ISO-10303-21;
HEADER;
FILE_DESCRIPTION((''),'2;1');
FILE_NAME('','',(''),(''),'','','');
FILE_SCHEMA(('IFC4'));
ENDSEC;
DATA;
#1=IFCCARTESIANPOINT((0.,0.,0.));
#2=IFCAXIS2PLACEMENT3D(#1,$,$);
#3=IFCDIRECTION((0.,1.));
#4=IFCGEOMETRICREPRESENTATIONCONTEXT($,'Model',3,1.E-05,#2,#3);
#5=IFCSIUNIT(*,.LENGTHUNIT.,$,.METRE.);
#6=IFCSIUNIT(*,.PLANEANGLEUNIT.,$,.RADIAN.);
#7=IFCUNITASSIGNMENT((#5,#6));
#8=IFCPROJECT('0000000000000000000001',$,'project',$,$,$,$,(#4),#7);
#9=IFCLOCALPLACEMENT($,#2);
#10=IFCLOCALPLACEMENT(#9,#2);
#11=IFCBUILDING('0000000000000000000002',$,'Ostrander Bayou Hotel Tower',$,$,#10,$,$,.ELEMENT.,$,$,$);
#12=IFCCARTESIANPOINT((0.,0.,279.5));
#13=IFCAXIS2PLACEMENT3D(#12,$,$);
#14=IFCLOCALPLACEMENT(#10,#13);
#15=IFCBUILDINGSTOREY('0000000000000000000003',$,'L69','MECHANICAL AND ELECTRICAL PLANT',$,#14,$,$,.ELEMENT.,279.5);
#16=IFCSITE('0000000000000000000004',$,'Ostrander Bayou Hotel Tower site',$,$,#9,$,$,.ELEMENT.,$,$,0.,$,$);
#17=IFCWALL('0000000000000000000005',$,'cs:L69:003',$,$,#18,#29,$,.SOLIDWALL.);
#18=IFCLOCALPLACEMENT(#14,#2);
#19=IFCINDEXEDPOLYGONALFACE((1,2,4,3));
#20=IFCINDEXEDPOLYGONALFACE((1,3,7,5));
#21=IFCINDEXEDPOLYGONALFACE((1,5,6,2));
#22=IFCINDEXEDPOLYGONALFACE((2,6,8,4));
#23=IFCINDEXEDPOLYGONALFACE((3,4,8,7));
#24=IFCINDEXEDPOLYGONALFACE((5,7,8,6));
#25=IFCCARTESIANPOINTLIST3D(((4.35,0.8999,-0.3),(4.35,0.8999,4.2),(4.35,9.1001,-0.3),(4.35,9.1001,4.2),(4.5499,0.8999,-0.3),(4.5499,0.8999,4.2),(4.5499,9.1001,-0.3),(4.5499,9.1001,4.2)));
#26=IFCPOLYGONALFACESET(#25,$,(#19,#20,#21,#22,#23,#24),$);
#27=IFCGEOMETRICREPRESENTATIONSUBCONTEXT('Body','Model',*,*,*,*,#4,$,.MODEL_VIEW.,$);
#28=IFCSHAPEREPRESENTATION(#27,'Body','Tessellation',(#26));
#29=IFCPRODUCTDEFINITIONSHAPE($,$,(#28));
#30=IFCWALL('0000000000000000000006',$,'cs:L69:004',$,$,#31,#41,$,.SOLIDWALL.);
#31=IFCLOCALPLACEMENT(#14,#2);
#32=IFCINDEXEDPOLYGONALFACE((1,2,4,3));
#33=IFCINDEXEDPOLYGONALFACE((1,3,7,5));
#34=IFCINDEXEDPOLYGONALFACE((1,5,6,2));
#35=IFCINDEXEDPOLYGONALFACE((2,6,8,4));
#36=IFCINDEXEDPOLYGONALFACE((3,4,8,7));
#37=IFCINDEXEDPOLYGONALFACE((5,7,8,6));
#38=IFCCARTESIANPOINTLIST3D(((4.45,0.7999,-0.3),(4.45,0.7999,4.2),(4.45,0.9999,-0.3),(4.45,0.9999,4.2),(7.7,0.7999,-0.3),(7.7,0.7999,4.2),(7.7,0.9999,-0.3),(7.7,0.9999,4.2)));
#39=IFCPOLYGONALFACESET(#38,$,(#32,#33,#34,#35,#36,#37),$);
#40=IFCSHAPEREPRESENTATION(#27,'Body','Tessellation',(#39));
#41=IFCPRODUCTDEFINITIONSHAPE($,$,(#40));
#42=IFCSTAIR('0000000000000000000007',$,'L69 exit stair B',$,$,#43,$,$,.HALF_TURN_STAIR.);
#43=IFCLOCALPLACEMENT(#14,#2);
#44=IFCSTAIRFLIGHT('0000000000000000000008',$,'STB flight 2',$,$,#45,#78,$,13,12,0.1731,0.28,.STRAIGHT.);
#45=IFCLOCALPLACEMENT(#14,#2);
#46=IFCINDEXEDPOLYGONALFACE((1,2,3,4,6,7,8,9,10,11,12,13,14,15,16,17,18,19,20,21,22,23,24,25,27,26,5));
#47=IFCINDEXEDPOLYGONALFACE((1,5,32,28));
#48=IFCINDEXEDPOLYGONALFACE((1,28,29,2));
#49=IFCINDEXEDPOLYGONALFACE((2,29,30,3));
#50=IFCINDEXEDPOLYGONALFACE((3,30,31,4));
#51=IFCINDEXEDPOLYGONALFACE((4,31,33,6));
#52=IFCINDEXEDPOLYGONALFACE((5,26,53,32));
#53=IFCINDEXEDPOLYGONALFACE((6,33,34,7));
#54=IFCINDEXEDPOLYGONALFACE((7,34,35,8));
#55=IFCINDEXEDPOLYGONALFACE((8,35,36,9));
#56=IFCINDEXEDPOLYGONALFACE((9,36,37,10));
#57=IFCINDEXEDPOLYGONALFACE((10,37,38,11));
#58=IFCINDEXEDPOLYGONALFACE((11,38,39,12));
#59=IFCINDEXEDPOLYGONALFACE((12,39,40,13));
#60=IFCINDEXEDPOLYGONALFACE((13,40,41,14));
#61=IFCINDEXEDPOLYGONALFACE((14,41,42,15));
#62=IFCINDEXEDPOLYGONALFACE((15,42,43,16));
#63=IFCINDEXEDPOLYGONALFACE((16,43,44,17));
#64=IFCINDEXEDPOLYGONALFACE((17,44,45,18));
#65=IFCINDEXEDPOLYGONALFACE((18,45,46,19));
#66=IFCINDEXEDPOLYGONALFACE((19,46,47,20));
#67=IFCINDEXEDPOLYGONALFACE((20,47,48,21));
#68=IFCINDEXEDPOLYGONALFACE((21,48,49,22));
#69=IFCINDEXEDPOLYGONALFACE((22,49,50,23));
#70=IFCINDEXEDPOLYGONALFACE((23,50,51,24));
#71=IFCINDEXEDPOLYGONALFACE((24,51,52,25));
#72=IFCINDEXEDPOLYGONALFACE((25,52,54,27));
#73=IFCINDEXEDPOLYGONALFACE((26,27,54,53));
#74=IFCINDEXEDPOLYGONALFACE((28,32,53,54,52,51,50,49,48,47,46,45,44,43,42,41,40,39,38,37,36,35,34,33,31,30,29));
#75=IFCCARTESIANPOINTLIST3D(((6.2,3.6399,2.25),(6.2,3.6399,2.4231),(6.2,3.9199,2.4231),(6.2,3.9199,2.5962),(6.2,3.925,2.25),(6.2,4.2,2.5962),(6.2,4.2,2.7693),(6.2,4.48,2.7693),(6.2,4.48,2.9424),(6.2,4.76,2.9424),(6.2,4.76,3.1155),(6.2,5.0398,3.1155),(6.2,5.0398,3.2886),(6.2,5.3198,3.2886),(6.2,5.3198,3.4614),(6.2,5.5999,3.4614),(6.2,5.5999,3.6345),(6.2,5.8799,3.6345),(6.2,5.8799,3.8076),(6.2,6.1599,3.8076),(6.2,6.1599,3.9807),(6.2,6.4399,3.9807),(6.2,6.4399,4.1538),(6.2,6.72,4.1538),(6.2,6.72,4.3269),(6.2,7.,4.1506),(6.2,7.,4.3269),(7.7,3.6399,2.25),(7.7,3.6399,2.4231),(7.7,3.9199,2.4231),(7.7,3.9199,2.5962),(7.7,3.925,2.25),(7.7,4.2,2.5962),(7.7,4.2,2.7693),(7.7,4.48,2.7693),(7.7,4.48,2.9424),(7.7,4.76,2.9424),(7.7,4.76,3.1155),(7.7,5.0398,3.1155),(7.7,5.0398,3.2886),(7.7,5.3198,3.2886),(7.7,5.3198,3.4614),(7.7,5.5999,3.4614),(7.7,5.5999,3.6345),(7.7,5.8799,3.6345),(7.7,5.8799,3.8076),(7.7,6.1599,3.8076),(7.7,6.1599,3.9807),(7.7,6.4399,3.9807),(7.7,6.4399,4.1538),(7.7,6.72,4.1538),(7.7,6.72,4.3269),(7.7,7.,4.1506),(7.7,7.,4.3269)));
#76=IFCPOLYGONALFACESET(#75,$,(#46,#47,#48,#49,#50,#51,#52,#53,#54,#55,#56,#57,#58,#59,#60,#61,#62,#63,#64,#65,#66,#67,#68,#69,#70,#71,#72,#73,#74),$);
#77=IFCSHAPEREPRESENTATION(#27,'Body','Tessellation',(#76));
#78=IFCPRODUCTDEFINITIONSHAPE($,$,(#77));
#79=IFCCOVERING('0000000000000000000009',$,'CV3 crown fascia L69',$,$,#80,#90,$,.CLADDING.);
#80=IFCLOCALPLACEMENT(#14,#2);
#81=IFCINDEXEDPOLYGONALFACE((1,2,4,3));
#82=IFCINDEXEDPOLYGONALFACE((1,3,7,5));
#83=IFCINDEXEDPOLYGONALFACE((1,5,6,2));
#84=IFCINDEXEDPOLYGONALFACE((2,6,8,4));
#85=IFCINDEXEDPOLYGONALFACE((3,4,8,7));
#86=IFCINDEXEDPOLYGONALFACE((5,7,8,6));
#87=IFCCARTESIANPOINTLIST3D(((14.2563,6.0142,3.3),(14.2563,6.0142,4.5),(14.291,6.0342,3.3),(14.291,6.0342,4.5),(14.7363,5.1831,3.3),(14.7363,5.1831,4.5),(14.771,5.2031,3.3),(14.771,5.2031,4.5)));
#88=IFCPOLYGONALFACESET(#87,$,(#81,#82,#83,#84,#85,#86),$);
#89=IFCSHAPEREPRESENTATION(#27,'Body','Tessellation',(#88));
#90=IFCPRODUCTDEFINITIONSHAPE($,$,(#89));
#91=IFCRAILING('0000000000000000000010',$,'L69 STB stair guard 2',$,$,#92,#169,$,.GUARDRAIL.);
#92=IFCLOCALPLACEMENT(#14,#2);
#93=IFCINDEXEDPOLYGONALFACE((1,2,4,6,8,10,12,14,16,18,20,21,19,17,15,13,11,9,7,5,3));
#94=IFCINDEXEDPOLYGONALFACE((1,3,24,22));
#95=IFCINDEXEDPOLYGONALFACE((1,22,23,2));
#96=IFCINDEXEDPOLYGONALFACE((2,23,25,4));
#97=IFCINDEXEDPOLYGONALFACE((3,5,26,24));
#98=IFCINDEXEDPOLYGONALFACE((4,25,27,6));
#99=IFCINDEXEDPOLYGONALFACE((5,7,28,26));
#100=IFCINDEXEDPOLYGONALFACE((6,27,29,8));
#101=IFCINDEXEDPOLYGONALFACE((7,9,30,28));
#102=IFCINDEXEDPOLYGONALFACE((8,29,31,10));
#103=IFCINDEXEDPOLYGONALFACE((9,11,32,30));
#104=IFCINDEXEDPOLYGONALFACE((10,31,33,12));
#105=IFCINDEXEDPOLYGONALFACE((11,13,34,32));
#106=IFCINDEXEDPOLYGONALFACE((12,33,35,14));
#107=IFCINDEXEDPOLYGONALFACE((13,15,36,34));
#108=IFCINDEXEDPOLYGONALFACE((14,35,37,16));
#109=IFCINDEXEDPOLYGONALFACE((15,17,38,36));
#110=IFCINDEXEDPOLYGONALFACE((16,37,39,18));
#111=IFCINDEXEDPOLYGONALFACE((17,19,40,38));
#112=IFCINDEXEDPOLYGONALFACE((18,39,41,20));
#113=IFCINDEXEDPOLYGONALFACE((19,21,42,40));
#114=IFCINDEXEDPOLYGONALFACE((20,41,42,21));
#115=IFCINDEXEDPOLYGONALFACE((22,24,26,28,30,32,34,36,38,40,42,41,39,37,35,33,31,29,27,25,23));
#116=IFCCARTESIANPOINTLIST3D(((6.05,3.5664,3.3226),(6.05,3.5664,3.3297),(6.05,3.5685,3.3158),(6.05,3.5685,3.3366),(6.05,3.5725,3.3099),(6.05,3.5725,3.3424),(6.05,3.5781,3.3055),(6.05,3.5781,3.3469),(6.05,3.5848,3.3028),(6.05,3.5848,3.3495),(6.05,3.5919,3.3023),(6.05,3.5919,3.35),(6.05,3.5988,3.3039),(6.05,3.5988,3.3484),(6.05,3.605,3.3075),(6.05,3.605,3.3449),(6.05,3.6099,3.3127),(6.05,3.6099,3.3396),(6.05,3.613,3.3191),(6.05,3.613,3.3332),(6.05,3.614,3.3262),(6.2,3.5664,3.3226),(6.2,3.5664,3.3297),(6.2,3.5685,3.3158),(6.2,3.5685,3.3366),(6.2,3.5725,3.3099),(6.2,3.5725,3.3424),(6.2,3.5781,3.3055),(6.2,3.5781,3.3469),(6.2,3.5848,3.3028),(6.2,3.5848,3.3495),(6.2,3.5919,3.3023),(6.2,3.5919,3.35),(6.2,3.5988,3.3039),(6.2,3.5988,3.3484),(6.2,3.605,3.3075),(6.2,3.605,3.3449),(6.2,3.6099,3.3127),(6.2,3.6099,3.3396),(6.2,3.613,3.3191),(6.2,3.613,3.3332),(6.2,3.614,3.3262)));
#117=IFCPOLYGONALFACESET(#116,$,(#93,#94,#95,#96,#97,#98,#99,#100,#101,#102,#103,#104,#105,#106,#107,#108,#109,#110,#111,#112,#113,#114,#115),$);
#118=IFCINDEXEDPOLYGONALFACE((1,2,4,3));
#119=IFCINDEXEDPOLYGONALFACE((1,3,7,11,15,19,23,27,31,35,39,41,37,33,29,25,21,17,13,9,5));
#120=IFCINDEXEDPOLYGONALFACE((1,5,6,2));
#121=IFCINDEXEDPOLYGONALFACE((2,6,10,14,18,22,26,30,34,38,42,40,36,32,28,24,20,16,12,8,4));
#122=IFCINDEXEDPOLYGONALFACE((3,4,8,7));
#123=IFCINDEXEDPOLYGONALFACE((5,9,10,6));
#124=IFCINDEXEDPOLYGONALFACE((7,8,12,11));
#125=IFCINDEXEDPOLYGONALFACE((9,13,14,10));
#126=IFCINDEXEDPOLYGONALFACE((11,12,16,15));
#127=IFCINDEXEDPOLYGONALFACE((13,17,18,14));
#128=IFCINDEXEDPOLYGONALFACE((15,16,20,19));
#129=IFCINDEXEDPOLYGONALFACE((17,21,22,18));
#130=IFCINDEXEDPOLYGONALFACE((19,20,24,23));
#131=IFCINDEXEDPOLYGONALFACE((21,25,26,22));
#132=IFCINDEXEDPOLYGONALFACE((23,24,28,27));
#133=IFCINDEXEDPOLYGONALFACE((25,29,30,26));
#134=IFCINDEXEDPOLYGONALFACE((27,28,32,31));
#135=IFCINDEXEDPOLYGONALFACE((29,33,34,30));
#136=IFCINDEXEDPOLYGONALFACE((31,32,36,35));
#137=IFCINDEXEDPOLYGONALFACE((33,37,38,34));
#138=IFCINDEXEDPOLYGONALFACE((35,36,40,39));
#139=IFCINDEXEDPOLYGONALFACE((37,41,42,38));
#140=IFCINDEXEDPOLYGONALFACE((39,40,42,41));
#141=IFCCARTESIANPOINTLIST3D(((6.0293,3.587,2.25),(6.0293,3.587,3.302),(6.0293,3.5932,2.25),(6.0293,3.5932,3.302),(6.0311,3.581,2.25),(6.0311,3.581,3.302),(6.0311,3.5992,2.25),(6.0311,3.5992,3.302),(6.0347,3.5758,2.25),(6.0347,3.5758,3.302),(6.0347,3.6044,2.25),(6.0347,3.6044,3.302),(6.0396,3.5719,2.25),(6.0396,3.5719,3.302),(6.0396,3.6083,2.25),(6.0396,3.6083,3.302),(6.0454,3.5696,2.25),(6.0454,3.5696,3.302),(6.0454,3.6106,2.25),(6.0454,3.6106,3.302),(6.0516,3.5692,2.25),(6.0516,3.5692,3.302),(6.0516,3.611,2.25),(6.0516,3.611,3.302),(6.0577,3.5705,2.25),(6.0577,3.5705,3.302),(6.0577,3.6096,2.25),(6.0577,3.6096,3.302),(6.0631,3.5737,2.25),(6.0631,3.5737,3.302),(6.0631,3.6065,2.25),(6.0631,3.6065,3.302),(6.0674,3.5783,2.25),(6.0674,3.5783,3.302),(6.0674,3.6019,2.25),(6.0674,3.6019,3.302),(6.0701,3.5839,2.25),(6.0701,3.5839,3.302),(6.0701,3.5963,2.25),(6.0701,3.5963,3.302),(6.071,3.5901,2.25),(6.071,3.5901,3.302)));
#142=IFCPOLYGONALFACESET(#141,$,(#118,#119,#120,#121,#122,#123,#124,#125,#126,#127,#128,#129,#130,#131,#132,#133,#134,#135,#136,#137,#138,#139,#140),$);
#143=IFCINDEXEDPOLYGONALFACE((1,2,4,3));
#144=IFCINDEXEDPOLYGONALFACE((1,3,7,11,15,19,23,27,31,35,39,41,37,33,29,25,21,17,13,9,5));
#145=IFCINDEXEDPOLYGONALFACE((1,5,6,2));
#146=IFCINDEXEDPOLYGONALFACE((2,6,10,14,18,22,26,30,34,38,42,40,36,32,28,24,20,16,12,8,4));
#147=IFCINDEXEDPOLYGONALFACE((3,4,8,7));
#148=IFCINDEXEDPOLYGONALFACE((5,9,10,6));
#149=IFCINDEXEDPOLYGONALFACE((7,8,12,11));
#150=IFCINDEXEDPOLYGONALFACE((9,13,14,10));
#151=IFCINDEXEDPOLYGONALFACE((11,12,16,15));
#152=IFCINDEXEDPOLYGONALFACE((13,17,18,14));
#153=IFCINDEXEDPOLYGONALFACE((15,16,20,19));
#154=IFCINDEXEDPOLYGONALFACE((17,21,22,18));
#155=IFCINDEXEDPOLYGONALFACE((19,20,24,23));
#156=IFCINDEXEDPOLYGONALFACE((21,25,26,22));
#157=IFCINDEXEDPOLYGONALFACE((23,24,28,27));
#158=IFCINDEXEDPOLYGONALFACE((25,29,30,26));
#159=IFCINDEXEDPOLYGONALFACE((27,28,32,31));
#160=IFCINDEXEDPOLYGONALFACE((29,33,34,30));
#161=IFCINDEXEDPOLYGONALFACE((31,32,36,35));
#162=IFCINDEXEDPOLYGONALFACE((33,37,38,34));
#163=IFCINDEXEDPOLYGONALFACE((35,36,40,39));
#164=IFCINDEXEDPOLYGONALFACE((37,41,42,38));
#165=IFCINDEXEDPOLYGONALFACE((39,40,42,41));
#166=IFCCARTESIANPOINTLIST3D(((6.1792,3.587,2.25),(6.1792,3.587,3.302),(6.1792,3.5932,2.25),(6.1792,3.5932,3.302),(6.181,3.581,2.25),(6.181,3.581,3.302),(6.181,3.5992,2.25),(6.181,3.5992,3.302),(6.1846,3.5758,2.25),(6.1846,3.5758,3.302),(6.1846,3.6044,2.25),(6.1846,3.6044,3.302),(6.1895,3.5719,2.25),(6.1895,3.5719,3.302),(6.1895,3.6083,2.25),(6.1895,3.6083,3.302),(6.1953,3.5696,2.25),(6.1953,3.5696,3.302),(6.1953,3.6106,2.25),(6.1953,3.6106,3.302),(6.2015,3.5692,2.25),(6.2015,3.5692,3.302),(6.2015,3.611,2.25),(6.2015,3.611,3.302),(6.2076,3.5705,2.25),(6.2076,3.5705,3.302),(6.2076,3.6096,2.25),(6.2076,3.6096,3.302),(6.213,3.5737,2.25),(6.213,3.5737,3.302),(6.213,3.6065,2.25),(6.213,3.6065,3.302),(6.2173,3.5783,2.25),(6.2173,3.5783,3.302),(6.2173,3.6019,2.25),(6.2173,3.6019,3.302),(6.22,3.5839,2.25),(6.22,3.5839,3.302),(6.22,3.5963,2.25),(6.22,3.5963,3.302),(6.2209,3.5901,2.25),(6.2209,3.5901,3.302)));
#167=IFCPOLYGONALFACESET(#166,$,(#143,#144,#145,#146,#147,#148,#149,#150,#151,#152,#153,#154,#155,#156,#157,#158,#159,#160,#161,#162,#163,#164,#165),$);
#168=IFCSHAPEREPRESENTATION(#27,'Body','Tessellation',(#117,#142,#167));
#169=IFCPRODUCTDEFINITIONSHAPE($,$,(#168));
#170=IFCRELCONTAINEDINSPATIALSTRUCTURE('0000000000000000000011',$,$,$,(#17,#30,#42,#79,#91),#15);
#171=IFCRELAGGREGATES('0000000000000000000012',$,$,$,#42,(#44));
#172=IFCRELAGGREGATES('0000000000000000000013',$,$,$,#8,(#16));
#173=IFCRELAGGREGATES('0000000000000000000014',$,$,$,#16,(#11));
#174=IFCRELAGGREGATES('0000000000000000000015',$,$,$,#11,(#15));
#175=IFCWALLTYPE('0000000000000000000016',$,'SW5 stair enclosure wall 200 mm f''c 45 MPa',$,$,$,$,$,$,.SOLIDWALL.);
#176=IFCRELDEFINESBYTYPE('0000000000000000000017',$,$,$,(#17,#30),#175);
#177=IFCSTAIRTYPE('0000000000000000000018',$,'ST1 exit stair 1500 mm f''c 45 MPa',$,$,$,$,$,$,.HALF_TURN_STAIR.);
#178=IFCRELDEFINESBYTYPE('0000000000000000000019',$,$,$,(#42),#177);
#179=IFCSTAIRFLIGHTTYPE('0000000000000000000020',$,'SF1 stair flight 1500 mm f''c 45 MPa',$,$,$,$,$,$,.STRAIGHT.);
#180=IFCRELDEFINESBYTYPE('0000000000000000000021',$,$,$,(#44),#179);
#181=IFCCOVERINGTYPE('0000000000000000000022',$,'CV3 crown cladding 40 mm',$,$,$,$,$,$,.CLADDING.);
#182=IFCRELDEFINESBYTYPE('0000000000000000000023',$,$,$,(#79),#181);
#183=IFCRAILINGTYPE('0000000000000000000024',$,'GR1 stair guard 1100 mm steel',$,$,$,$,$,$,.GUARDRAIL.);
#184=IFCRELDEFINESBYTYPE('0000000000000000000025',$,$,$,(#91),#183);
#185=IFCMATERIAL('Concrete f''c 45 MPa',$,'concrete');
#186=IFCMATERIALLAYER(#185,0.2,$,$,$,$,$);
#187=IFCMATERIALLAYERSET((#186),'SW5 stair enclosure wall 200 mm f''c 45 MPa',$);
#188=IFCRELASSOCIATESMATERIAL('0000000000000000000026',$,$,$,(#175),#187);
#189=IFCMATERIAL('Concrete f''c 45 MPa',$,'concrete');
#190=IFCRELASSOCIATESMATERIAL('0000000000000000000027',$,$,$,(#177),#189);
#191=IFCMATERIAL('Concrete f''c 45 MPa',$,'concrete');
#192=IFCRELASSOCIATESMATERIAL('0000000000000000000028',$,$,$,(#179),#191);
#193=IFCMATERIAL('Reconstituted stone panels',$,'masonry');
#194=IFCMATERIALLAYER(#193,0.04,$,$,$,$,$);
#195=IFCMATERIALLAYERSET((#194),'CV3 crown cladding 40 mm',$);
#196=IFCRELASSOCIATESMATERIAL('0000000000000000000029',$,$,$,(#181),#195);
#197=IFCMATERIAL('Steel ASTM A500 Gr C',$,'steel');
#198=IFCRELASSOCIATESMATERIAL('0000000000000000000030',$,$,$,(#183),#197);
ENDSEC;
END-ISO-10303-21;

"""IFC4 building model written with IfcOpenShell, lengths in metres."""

from ifc_helpers import new_model, si_unit, direction, frame, frame_2d, origin, origin_2d, place, context, subcontext, project, spatial, polyline, rectangle, circle, outline, extrude, material, layer, layer_set, type_object, element, aggregate, save


model = new_model("IFC4")

# Units and contexts
model_context = context("Model", 3, precision=1e-05, world=origin(), true_north=direction((0.0, 1.0)))
body_context = subcontext(model_context, "Body", "Model", "MODEL_VIEW")
ifc_project = project(units=[si_unit("LENGTHUNIT", "METRE"), si_unit("PLANEANGLEUNIT", "RADIAN")], contexts=[model_context])

# Site, building, storey
site_placement = place(None, origin())
site = spatial("IfcSite", under=ifc_project, at=site_placement, Name="Ostrander Bayou Hotel Tower site", CompositionType="ELEMENT", RefElevation=0.0)
building_placement = place(site_placement, origin())
building = spatial("IfcBuilding", under=site, at=building_placement, Name="Ostrander Bayou Hotel Tower", CompositionType="ELEMENT")
storey_placement = place(building_placement, frame((0.0, 0.0, 279.5)))
storey = spatial("IfcBuildingStorey", under=building, at=storey_placement, Name="L69", Description="MECHANICAL AND ELECTRICAL PLANT", CompositionType="ELEMENT", Elevation=279.5)

# Walls
ifc_material_1 = material(Name="Concrete f'c 45 MPa", Category="concrete")
ifc_layer_1 = layer(ifc_material_1, 0.2)
ifc_layer_set_1 = layer_set([ifc_layer_1], Name="SW5 stair enclosure wall 200 mm f'c 45 MPa")
wall_type_1 = type_object("IfcWallType", Name="SW5 stair enclosure wall 200 mm f'c 45 MPa", PredefinedType="SOLIDWALL", material=ifc_layer_set_1)
wall_1_placement = place(storey_placement, frame((4.45, 0.8999, -0.3), z_axis=(0.0, 0.0, 1.0), x_axis=(0.0, 1.0, 0.0)))
element("IfcWall", 1, at=wall_1_placement, inside=storey, type_object=wall_type_1, Name="cs:L69:003", PredefinedType="SOLIDWALL", context=body_context, shape_type="SweptSolid", body=[
    extrude(rectangle(XDim=8.2002, YDim=0.2, at=frame_2d((4.1001, 0.0))), origin(), (0.0, 0.0, 1.0), 4.5),
])
wall_2_placement = place(storey_placement, frame((4.45, 0.8999, -0.3), z_axis=(0.0, 0.0, 1.0), x_axis=(1.0, 0.0, 0.0)))
element("IfcWall", 2, at=wall_2_placement, inside=storey, type_object=wall_type_1, Name="cs:L69:004", PredefinedType="SOLIDWALL", context=body_context, shape_type="SweptSolid", body=[
    extrude(rectangle(XDim=3.25, YDim=0.2, at=frame_2d((1.625, 0.0))), origin(), (0.0, 0.0, 1.0), 4.5),
])

# Stair, stair flight
ifc_material_2 = material(Name="Concrete f'c 45 MPa", Category="concrete")
stair_type = type_object("IfcStairType", Name="ST1 exit stair 1500 mm f'c 45 MPa", PredefinedType="HALF_TURN_STAIR", material=ifc_material_2)
stair_placement = place(storey_placement, origin())
stair = element("IfcStair", 3, at=stair_placement, inside=storey, type_object=stair_type, Name="L69 exit stair B", PredefinedType="HALF_TURN_STAIR")
ifc_material_3 = material(Name="Concrete f'c 45 MPa", Category="concrete")
stair_flight_type = type_object("IfcStairFlightType", Name="SF1 stair flight 1500 mm f'c 45 MPa", PredefinedType="STRAIGHT", material=ifc_material_3)
stair_flight_placement = place(storey_placement, frame((6.95, 3.6399, 2.25), z_axis=(0.0, 0.0, 1.0), x_axis=(0.0, 1.0, 0.0)))
stair_flight = element("IfcStairFlight", 4, at=stair_flight_placement, type_object=stair_flight_type, Name="STB flight 2", NumberOfRisers=13, NumberOfTreads=12, PredefinedType="STRAIGHT", RiserHeight=0.1731, TreadLength=0.28, context=body_context, shape_type="SweptSolid", body=[
    extrude(outline(polyline([(0.0, 0.0), (0.0, 0.1731), (0.28, 0.1731), (0.28, 0.3462), (0.5601, 0.3462), (0.5601, 0.5193), (0.8401, 0.5193), (0.8401, 0.6924), (1.1201, 0.6924), (1.1201, 0.8655), (1.3999, 0.8655), (1.3999, 1.0386), (1.6799, 1.0386), (1.6799, 1.2114), (1.96, 1.2114), (1.96, 1.3845), (2.24, 1.3845), (2.24, 1.5576), (2.52, 1.5576), (2.52, 1.7307), (2.8, 1.7307), (2.8, 1.9038), (3.0801, 1.9038), (3.0801, 2.0769), (3.3601, 2.0769), (3.3601, 2.25), (3.3601, 1.9006), (0.2852, 0.0), (0.0, 0.0)])), frame((0.0, 0.75, 0.0), z_axis=(0.0, -1.0, 0.0), x_axis=(1.0, 0.0, 0.0)), (0.0, 0.0, 1.0), 1.5),
])
aggregate(stair, [stair_flight])

# Covering
ifc_material_4 = material(Name="Reconstituted stone panels", Category="masonry")
ifc_layer_2 = layer(ifc_material_4, 0.04)
ifc_layer_set_2 = layer_set([ifc_layer_2], Name="CV3 crown cladding 40 mm")
covering_type = type_object("IfcCoveringType", Name="CV3 crown cladding 40 mm", PredefinedType="CLADDING", material=ifc_layer_set_2)
covering_placement = place(storey_placement, frame((14.771, 5.2031, 3.3), z_axis=(0.865948, 0.500133, 0.0), x_axis=(-0.500133, 0.865948, 0.0)))
element("IfcCovering", 5, at=covering_placement, inside=storey, type_object=covering_type, Name="CV3 crown fascia L69", PredefinedType="CLADDING", context=body_context, shape_type="SweptSolid", body=[
    extrude(outline(polyline([(0.0, 0.0), (0.9597, 0.0), (0.9597, 1.2), (0.0, 1.2), (0.0, 0.0)])), origin(), (0.0, 0.0, -1.0), 0.04),
])

# Railing
ifc_material_5 = material(Name="Steel ASTM A500 Gr C", Category="steel")
railing_type_1 = type_object("IfcRailingType", Name="GR1 stair guard 1100 mm steel", PredefinedType="GUARDRAIL", material=ifc_material_5)
railing_1_placement = place(storey_placement, frame((6.05, 3.5901, 2.25)))
element("IfcRailing", 6, at=railing_1_placement, inside=storey, type_object=railing_type_1, Name="L69 STB stair guard 2", PredefinedType="GUARDRAIL", context=body_context, shape_type="SweptSolid", body=[
    extrude(circle(Radius=0.0239, at=origin_2d()), frame((0.0, 0.0, 1.0762), z_axis=(1.0, 0.0, 0.0), x_axis=(0.0, 1.0, 0.0)), (0.0, 0.0, 1.0), 0.1499),
    extrude(circle(Radius=0.021, at=origin_2d()), origin(), (0.0, 0.0, 1.0), 1.052),
    extrude(circle(Radius=0.021, at=origin_2d()), frame((0.1499, 0.0, 0.0)), (0.0, 0.0, 1.0), 1.052),
])

save(model, "model.ifc")
